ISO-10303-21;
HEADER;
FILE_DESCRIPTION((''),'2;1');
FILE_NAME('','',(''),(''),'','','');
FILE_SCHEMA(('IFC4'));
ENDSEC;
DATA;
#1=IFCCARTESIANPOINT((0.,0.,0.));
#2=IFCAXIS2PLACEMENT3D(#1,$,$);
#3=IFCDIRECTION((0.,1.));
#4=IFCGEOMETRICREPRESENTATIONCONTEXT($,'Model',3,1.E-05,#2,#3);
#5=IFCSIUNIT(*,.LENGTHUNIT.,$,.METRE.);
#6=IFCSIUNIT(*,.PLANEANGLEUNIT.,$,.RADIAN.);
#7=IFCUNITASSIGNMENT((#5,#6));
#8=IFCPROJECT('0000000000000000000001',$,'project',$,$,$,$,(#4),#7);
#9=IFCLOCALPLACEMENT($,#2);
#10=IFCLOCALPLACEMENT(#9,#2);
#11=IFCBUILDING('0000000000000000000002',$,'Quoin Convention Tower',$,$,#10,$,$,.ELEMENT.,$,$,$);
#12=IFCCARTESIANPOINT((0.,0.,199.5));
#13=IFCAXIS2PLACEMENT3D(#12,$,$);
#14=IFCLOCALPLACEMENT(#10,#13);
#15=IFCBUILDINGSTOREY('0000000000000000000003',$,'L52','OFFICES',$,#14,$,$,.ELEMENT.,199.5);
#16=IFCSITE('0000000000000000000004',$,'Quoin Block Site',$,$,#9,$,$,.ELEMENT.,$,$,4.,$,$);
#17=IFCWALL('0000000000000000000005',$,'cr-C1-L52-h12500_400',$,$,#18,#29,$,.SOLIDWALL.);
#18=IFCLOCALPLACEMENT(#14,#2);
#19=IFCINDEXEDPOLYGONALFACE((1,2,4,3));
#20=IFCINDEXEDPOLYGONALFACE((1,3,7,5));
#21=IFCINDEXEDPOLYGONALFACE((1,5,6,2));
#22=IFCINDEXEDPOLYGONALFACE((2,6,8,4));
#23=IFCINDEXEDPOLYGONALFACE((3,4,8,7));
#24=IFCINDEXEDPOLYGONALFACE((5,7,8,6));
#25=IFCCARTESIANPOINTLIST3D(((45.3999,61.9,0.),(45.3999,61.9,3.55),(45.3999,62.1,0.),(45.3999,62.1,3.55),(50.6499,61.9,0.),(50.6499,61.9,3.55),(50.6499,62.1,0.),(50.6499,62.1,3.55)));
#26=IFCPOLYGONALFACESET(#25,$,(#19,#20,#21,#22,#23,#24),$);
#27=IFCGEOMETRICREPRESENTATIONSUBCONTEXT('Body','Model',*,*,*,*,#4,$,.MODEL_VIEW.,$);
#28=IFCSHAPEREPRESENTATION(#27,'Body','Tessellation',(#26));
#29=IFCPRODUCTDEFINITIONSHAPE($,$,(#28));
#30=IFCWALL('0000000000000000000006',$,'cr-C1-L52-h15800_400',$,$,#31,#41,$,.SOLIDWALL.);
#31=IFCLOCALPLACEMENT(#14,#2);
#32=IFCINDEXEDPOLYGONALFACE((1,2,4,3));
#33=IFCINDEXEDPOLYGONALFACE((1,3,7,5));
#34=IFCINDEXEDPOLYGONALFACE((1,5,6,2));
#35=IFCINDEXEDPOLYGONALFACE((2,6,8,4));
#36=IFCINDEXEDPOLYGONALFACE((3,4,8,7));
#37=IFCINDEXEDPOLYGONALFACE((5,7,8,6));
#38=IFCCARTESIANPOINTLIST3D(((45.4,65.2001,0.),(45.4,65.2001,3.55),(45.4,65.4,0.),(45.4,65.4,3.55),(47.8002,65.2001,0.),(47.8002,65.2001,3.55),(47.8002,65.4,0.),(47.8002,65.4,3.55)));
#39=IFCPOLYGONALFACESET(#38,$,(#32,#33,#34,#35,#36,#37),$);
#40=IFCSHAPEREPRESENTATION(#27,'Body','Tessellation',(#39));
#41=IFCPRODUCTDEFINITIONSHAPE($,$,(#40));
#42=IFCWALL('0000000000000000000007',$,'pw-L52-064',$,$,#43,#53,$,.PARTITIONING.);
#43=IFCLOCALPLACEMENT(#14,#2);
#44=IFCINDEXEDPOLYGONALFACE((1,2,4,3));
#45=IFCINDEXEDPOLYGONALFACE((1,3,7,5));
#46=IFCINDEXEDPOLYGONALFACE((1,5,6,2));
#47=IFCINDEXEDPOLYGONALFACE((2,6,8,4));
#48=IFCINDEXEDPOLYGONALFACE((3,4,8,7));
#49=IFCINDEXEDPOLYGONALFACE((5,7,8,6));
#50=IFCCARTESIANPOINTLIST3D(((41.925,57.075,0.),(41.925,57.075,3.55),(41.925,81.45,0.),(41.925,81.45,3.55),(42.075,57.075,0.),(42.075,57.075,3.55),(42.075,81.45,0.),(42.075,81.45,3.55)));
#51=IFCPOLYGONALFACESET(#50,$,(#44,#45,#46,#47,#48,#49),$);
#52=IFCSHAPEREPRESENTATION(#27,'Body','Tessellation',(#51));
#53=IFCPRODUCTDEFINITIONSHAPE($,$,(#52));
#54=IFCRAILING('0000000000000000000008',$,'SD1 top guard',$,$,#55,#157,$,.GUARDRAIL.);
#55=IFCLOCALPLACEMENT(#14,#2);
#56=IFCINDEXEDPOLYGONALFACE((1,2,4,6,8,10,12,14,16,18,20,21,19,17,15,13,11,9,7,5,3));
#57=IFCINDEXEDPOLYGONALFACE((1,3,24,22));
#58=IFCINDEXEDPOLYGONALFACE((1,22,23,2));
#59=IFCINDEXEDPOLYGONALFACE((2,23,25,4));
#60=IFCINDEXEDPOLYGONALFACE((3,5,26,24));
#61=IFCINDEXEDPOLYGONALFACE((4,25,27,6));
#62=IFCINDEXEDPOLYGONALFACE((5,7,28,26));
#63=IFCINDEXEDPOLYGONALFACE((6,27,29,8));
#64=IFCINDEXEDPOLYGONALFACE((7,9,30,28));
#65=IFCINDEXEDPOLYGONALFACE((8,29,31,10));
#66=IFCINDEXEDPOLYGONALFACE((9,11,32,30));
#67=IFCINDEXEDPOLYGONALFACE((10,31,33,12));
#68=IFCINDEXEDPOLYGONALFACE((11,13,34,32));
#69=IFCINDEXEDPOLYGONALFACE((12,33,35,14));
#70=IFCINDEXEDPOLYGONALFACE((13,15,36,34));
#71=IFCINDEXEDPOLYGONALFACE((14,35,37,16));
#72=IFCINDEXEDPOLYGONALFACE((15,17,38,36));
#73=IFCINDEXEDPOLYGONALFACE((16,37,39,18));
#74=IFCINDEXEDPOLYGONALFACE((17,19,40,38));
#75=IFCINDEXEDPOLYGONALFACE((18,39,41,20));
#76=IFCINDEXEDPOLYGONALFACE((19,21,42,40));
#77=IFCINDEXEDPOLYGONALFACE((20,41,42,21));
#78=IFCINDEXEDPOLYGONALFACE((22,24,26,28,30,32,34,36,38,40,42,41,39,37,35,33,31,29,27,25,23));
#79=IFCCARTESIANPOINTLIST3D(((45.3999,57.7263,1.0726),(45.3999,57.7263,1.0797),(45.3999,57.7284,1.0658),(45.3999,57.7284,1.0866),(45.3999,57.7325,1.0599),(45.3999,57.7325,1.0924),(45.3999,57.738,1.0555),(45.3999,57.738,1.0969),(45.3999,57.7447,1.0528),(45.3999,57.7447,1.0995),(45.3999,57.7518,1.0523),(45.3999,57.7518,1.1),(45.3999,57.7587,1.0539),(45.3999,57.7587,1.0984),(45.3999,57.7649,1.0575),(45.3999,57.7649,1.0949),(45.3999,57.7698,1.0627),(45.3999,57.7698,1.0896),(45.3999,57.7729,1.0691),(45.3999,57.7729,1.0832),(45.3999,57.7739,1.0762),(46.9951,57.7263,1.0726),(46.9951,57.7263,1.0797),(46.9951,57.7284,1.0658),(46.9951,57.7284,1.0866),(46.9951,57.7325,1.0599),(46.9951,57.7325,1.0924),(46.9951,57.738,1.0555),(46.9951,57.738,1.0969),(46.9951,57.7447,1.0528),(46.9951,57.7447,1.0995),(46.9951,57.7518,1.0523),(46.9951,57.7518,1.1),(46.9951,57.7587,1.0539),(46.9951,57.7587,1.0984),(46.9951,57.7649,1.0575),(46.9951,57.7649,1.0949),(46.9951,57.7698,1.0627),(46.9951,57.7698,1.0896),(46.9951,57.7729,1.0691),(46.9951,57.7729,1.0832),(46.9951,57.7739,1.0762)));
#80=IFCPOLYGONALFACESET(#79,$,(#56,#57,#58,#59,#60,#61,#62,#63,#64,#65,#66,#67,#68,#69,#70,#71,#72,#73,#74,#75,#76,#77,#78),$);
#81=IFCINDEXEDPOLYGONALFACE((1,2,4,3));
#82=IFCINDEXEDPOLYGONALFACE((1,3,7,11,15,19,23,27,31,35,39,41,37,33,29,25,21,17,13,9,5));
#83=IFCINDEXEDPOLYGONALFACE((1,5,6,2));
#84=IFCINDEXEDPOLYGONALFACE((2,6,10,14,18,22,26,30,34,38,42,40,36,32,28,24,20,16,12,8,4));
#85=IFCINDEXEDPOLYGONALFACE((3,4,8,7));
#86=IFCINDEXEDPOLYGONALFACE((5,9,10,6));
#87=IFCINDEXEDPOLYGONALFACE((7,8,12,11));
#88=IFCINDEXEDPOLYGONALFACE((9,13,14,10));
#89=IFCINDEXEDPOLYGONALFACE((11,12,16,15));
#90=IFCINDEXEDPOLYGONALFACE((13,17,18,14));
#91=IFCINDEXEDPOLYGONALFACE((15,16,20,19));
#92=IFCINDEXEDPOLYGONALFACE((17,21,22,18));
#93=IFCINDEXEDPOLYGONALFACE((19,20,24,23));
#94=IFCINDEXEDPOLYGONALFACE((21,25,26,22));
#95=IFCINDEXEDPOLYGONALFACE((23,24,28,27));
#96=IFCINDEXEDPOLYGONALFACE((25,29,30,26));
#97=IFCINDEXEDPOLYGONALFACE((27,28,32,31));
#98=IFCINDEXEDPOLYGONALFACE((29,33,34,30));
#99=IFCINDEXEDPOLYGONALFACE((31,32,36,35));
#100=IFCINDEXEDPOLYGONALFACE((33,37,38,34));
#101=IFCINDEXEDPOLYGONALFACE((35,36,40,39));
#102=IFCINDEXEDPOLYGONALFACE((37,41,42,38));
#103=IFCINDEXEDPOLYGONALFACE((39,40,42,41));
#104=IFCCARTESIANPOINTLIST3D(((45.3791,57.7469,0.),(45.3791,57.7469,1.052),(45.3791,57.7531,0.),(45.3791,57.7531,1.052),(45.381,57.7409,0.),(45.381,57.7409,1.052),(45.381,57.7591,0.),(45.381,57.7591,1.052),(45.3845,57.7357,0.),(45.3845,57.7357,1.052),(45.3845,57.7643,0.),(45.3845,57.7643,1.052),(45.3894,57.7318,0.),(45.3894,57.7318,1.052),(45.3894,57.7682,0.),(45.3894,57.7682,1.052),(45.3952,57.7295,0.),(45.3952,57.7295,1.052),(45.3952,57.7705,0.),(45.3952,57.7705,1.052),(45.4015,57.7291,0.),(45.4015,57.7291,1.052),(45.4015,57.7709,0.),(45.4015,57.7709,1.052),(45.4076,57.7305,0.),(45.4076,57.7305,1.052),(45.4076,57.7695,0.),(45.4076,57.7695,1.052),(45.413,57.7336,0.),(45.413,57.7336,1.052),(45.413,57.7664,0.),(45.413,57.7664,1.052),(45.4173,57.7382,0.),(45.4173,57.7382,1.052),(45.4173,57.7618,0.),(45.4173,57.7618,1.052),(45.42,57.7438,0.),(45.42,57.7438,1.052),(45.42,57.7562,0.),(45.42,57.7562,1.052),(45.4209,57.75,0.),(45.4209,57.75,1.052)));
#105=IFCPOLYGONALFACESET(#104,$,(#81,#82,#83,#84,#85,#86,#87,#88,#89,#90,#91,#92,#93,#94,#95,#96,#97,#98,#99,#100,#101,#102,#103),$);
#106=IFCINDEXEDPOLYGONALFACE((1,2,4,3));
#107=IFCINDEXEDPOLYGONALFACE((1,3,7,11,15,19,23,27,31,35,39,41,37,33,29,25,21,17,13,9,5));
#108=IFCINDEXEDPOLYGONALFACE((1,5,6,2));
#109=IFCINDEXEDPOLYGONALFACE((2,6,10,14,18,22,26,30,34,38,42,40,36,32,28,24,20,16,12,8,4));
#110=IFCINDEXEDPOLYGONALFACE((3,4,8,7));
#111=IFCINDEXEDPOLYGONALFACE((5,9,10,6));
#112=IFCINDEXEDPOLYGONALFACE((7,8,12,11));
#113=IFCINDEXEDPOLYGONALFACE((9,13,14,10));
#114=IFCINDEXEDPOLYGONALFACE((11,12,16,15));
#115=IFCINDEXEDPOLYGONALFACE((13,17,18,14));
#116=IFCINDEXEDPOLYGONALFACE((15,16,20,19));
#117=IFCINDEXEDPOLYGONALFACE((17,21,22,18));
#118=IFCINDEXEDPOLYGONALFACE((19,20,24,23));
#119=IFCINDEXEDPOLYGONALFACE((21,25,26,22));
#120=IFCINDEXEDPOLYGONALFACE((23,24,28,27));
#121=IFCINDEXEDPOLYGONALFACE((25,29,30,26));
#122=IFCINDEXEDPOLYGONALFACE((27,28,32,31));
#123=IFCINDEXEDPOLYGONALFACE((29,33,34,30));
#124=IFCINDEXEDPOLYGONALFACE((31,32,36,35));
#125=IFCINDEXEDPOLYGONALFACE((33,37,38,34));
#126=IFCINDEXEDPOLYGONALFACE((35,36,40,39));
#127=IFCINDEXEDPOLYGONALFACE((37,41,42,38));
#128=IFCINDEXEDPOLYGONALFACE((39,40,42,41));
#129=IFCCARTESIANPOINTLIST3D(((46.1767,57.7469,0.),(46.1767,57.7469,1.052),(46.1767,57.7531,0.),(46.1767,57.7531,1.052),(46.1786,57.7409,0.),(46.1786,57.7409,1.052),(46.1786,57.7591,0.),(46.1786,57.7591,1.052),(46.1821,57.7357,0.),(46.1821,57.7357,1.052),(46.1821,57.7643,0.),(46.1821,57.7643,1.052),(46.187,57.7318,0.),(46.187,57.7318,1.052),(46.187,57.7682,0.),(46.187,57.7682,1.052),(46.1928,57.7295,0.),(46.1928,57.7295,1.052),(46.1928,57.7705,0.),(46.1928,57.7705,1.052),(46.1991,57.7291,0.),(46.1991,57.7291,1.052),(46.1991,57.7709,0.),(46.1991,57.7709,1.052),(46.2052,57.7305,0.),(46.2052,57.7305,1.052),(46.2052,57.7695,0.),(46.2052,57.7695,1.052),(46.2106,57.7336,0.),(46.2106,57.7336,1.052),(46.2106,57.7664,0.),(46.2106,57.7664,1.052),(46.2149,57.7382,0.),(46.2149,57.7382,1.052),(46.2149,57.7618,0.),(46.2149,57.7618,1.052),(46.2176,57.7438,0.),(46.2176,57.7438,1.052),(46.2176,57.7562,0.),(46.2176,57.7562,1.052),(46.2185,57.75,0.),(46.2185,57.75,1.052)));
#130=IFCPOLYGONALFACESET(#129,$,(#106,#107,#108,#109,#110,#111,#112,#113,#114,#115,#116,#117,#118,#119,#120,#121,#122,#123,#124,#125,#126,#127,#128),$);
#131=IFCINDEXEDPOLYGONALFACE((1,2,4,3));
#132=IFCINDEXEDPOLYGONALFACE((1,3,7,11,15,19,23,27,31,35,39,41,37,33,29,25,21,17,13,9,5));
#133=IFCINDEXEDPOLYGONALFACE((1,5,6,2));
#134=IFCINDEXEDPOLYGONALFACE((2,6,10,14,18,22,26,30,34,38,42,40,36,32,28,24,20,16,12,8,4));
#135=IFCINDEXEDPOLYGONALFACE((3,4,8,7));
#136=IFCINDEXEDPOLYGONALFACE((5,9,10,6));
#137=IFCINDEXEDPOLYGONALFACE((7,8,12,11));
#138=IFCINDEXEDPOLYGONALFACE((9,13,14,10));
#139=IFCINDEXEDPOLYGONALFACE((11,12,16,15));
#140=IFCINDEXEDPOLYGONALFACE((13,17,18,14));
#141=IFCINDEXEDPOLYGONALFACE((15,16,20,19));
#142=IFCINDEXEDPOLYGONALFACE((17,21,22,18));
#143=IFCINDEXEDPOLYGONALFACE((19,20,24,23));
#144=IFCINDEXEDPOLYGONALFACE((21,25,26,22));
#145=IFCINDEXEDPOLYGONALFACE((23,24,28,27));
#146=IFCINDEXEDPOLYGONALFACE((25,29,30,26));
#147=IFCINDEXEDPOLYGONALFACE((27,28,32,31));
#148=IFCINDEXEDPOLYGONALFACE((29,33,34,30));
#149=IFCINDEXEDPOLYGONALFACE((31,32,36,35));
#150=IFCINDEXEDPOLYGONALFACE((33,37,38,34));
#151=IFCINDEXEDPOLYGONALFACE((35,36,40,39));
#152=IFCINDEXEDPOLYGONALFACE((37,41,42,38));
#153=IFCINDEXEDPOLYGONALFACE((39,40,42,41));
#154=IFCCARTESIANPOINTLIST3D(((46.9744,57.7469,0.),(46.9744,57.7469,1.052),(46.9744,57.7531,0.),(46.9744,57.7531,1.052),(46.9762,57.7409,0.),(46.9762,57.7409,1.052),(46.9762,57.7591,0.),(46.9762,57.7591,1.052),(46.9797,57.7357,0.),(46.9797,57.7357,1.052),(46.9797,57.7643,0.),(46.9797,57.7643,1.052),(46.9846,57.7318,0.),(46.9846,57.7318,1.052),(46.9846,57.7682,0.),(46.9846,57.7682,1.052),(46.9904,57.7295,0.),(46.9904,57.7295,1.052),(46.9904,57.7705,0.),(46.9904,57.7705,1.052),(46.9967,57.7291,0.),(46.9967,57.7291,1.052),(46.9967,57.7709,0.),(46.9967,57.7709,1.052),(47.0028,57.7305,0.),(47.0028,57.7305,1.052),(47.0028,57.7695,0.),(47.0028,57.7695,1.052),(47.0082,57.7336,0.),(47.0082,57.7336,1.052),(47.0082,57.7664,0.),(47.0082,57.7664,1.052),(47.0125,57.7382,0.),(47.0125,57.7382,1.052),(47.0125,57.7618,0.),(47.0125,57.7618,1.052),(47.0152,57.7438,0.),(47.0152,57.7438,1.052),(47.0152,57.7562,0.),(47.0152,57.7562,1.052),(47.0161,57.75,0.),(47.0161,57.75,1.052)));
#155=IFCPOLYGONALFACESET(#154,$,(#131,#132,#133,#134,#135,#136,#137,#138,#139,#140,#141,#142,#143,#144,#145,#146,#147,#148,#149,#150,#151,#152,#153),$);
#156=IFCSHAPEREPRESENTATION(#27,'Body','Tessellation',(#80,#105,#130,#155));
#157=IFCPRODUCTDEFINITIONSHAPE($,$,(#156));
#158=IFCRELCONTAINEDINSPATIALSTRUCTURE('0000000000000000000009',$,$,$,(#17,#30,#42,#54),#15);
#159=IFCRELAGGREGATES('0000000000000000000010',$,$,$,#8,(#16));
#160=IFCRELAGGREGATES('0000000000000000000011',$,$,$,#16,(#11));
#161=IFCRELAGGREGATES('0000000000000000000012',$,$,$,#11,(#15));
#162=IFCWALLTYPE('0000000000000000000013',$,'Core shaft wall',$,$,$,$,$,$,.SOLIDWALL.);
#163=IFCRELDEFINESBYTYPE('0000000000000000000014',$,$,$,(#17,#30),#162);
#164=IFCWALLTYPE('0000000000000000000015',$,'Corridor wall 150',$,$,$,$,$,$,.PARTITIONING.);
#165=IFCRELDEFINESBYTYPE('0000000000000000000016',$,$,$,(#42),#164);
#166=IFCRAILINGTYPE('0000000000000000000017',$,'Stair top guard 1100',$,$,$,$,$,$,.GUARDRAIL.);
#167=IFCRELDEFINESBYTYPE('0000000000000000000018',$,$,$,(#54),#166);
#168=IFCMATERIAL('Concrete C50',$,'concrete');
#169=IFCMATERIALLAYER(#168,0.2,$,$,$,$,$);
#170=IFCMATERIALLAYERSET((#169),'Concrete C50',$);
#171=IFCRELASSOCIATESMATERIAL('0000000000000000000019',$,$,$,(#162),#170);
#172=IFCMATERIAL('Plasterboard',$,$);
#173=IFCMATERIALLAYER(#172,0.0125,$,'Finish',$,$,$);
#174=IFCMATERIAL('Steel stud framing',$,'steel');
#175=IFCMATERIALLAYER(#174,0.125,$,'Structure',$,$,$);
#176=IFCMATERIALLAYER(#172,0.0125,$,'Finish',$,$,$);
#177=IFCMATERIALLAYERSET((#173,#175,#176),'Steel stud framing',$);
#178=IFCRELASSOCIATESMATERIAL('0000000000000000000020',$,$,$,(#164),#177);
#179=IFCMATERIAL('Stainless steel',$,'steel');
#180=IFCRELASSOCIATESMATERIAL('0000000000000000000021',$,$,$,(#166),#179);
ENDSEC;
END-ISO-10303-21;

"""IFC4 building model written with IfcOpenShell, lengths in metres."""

from ifc_helpers import new_model, si_unit, direction, frame, frame_2d, origin, origin_2d, place, context, subcontext, project, spatial, rectangle, circle, extrude, material, layer, layer_set, type_object, element, save


model = new_model("IFC4")

# Units and contexts
model_context = context("Model", 3, precision=1e-05, world=origin(), true_north=direction((0.0, 1.0)))
body_context = subcontext(model_context, "Body", "Model", "MODEL_VIEW")
ifc_project = project(units=[si_unit("LENGTHUNIT", "METRE"), si_unit("PLANEANGLEUNIT", "RADIAN")], contexts=[model_context])

# Site, building, storey
site_placement = place(None, origin())
site = spatial("IfcSite", under=ifc_project, at=site_placement, Name="Quoin Block Site", CompositionType="ELEMENT", RefElevation=4.0)
building_placement = place(site_placement, origin())
building = spatial("IfcBuilding", under=site, at=building_placement, Name="Quoin Convention Tower", CompositionType="ELEMENT")
storey_placement = place(building_placement, frame((0.0, 0.0, 199.5)))
storey = spatial("IfcBuildingStorey", under=building, at=storey_placement, Name="L52", Description="OFFICES", CompositionType="ELEMENT", Elevation=199.5)

# Shared definitions
ifc_material_1 = material(Name="Plasterboard")
ifc_material_2 = material(Name="Steel stud framing", Category="steel")

# Walls
ifc_material_3 = material(Name="Concrete C50", Category="concrete")
ifc_layer_1 = layer(ifc_material_3, 0.2)
ifc_layer_set_1 = layer_set([ifc_layer_1], Name="Concrete C50")
wall_type_1 = type_object("IfcWallType", Name="Core shaft wall", PredefinedType="SOLIDWALL", material=ifc_layer_set_1)
wall_1_placement = place(storey_placement, frame((45.3999, 62.0, 0.0), z_axis=(0.0, 0.0, 1.0), x_axis=(1.0, 0.0, 0.0)))
element("IfcWall", 1, at=wall_1_placement, inside=storey, type_object=wall_type_1, Name="cr-C1-L52-h12500_400", PredefinedType="SOLIDWALL", context=body_context, shape_type="SweptSolid", body=[
    extrude(rectangle(XDim=5.25, YDim=0.2, at=frame_2d((2.625, 0.0))), origin(), (0.0, 0.0, 1.0), 3.55),
])
wall_2_placement = place(storey_placement, frame((45.3999, 65.3, 0.0), z_axis=(0.0, 0.0, 1.0), x_axis=(1.0, 0.0, 0.0)))
element("IfcWall", 2, at=wall_2_placement, inside=storey, type_object=wall_type_1, Name="cr-C1-L52-h15800_400", PredefinedType="SOLIDWALL", context=body_context, shape_type="SweptSolid", body=[
    extrude(rectangle(XDim=2.4001, YDim=0.2, at=frame_2d((1.2002, 0.0))), origin(), (0.0, 0.0, 1.0), 3.55),
])
ifc_layer_2 = layer(ifc_material_1, 0.0125, Name="Finish")
ifc_layer_3 = layer(ifc_material_2, 0.125, Name="Structure")
ifc_layer_4 = layer(ifc_material_1, 0.0125, Name="Finish")
ifc_layer_set_2 = layer_set([ifc_layer_2, ifc_layer_3, ifc_layer_4], Name="Steel stud framing")
wall_type_2 = type_object("IfcWallType", Name="Corridor wall 150", PredefinedType="PARTITIONING", material=ifc_layer_set_2)
wall_3_placement = place(storey_placement, frame((42.0, 57.075, 0.0), z_axis=(0.0, 0.0, 1.0), x_axis=(0.0, 1.0, 0.0)))
element("IfcWall", 3, at=wall_3_placement, inside=storey, type_object=wall_type_2, Name="pw-L52-064", PredefinedType="PARTITIONING", context=body_context, shape_type="SweptSolid", body=[
    extrude(rectangle(XDim=24.375, YDim=0.1499, at=frame_2d((12.1875, 0.0))), origin(), (0.0, 0.0, 1.0), 3.55),
])

# Railing
ifc_material_4 = material(Name="Stainless steel", Category="steel")
railing_type = type_object("IfcRailingType", Name="Stair top guard 1100", PredefinedType="GUARDRAIL", material=ifc_material_4)
railing_placement = place(storey_placement, frame((45.3999, 57.75, 0.0)))
element("IfcRailing", 4, at=railing_placement, inside=storey, type_object=railing_type, Name="SD1 top guard", PredefinedType="GUARDRAIL", context=body_context, shape_type="SweptSolid", body=[
    extrude(circle(Radius=0.0239, at=origin_2d()), frame((0.0, 0.0, 1.0762), z_axis=(1.0, 0.0, 0.0), x_axis=(0.0, 1.0, 0.0)), (0.0, 0.0, 1.0), 1.5952),
    extrude(circle(Radius=0.021, at=origin_2d()), origin(), (0.0, 0.0, 1.0), 1.052),
    extrude(circle(Radius=0.021, at=origin_2d()), frame((0.7976, 0.0, 0.0)), (0.0, 0.0, 1.0), 1.052),
    extrude(circle(Radius=0.021, at=origin_2d()), frame((1.5952, 0.0, 0.0)), (0.0, 0.0, 1.0), 1.052),
])

save(model, "model.ifc")
